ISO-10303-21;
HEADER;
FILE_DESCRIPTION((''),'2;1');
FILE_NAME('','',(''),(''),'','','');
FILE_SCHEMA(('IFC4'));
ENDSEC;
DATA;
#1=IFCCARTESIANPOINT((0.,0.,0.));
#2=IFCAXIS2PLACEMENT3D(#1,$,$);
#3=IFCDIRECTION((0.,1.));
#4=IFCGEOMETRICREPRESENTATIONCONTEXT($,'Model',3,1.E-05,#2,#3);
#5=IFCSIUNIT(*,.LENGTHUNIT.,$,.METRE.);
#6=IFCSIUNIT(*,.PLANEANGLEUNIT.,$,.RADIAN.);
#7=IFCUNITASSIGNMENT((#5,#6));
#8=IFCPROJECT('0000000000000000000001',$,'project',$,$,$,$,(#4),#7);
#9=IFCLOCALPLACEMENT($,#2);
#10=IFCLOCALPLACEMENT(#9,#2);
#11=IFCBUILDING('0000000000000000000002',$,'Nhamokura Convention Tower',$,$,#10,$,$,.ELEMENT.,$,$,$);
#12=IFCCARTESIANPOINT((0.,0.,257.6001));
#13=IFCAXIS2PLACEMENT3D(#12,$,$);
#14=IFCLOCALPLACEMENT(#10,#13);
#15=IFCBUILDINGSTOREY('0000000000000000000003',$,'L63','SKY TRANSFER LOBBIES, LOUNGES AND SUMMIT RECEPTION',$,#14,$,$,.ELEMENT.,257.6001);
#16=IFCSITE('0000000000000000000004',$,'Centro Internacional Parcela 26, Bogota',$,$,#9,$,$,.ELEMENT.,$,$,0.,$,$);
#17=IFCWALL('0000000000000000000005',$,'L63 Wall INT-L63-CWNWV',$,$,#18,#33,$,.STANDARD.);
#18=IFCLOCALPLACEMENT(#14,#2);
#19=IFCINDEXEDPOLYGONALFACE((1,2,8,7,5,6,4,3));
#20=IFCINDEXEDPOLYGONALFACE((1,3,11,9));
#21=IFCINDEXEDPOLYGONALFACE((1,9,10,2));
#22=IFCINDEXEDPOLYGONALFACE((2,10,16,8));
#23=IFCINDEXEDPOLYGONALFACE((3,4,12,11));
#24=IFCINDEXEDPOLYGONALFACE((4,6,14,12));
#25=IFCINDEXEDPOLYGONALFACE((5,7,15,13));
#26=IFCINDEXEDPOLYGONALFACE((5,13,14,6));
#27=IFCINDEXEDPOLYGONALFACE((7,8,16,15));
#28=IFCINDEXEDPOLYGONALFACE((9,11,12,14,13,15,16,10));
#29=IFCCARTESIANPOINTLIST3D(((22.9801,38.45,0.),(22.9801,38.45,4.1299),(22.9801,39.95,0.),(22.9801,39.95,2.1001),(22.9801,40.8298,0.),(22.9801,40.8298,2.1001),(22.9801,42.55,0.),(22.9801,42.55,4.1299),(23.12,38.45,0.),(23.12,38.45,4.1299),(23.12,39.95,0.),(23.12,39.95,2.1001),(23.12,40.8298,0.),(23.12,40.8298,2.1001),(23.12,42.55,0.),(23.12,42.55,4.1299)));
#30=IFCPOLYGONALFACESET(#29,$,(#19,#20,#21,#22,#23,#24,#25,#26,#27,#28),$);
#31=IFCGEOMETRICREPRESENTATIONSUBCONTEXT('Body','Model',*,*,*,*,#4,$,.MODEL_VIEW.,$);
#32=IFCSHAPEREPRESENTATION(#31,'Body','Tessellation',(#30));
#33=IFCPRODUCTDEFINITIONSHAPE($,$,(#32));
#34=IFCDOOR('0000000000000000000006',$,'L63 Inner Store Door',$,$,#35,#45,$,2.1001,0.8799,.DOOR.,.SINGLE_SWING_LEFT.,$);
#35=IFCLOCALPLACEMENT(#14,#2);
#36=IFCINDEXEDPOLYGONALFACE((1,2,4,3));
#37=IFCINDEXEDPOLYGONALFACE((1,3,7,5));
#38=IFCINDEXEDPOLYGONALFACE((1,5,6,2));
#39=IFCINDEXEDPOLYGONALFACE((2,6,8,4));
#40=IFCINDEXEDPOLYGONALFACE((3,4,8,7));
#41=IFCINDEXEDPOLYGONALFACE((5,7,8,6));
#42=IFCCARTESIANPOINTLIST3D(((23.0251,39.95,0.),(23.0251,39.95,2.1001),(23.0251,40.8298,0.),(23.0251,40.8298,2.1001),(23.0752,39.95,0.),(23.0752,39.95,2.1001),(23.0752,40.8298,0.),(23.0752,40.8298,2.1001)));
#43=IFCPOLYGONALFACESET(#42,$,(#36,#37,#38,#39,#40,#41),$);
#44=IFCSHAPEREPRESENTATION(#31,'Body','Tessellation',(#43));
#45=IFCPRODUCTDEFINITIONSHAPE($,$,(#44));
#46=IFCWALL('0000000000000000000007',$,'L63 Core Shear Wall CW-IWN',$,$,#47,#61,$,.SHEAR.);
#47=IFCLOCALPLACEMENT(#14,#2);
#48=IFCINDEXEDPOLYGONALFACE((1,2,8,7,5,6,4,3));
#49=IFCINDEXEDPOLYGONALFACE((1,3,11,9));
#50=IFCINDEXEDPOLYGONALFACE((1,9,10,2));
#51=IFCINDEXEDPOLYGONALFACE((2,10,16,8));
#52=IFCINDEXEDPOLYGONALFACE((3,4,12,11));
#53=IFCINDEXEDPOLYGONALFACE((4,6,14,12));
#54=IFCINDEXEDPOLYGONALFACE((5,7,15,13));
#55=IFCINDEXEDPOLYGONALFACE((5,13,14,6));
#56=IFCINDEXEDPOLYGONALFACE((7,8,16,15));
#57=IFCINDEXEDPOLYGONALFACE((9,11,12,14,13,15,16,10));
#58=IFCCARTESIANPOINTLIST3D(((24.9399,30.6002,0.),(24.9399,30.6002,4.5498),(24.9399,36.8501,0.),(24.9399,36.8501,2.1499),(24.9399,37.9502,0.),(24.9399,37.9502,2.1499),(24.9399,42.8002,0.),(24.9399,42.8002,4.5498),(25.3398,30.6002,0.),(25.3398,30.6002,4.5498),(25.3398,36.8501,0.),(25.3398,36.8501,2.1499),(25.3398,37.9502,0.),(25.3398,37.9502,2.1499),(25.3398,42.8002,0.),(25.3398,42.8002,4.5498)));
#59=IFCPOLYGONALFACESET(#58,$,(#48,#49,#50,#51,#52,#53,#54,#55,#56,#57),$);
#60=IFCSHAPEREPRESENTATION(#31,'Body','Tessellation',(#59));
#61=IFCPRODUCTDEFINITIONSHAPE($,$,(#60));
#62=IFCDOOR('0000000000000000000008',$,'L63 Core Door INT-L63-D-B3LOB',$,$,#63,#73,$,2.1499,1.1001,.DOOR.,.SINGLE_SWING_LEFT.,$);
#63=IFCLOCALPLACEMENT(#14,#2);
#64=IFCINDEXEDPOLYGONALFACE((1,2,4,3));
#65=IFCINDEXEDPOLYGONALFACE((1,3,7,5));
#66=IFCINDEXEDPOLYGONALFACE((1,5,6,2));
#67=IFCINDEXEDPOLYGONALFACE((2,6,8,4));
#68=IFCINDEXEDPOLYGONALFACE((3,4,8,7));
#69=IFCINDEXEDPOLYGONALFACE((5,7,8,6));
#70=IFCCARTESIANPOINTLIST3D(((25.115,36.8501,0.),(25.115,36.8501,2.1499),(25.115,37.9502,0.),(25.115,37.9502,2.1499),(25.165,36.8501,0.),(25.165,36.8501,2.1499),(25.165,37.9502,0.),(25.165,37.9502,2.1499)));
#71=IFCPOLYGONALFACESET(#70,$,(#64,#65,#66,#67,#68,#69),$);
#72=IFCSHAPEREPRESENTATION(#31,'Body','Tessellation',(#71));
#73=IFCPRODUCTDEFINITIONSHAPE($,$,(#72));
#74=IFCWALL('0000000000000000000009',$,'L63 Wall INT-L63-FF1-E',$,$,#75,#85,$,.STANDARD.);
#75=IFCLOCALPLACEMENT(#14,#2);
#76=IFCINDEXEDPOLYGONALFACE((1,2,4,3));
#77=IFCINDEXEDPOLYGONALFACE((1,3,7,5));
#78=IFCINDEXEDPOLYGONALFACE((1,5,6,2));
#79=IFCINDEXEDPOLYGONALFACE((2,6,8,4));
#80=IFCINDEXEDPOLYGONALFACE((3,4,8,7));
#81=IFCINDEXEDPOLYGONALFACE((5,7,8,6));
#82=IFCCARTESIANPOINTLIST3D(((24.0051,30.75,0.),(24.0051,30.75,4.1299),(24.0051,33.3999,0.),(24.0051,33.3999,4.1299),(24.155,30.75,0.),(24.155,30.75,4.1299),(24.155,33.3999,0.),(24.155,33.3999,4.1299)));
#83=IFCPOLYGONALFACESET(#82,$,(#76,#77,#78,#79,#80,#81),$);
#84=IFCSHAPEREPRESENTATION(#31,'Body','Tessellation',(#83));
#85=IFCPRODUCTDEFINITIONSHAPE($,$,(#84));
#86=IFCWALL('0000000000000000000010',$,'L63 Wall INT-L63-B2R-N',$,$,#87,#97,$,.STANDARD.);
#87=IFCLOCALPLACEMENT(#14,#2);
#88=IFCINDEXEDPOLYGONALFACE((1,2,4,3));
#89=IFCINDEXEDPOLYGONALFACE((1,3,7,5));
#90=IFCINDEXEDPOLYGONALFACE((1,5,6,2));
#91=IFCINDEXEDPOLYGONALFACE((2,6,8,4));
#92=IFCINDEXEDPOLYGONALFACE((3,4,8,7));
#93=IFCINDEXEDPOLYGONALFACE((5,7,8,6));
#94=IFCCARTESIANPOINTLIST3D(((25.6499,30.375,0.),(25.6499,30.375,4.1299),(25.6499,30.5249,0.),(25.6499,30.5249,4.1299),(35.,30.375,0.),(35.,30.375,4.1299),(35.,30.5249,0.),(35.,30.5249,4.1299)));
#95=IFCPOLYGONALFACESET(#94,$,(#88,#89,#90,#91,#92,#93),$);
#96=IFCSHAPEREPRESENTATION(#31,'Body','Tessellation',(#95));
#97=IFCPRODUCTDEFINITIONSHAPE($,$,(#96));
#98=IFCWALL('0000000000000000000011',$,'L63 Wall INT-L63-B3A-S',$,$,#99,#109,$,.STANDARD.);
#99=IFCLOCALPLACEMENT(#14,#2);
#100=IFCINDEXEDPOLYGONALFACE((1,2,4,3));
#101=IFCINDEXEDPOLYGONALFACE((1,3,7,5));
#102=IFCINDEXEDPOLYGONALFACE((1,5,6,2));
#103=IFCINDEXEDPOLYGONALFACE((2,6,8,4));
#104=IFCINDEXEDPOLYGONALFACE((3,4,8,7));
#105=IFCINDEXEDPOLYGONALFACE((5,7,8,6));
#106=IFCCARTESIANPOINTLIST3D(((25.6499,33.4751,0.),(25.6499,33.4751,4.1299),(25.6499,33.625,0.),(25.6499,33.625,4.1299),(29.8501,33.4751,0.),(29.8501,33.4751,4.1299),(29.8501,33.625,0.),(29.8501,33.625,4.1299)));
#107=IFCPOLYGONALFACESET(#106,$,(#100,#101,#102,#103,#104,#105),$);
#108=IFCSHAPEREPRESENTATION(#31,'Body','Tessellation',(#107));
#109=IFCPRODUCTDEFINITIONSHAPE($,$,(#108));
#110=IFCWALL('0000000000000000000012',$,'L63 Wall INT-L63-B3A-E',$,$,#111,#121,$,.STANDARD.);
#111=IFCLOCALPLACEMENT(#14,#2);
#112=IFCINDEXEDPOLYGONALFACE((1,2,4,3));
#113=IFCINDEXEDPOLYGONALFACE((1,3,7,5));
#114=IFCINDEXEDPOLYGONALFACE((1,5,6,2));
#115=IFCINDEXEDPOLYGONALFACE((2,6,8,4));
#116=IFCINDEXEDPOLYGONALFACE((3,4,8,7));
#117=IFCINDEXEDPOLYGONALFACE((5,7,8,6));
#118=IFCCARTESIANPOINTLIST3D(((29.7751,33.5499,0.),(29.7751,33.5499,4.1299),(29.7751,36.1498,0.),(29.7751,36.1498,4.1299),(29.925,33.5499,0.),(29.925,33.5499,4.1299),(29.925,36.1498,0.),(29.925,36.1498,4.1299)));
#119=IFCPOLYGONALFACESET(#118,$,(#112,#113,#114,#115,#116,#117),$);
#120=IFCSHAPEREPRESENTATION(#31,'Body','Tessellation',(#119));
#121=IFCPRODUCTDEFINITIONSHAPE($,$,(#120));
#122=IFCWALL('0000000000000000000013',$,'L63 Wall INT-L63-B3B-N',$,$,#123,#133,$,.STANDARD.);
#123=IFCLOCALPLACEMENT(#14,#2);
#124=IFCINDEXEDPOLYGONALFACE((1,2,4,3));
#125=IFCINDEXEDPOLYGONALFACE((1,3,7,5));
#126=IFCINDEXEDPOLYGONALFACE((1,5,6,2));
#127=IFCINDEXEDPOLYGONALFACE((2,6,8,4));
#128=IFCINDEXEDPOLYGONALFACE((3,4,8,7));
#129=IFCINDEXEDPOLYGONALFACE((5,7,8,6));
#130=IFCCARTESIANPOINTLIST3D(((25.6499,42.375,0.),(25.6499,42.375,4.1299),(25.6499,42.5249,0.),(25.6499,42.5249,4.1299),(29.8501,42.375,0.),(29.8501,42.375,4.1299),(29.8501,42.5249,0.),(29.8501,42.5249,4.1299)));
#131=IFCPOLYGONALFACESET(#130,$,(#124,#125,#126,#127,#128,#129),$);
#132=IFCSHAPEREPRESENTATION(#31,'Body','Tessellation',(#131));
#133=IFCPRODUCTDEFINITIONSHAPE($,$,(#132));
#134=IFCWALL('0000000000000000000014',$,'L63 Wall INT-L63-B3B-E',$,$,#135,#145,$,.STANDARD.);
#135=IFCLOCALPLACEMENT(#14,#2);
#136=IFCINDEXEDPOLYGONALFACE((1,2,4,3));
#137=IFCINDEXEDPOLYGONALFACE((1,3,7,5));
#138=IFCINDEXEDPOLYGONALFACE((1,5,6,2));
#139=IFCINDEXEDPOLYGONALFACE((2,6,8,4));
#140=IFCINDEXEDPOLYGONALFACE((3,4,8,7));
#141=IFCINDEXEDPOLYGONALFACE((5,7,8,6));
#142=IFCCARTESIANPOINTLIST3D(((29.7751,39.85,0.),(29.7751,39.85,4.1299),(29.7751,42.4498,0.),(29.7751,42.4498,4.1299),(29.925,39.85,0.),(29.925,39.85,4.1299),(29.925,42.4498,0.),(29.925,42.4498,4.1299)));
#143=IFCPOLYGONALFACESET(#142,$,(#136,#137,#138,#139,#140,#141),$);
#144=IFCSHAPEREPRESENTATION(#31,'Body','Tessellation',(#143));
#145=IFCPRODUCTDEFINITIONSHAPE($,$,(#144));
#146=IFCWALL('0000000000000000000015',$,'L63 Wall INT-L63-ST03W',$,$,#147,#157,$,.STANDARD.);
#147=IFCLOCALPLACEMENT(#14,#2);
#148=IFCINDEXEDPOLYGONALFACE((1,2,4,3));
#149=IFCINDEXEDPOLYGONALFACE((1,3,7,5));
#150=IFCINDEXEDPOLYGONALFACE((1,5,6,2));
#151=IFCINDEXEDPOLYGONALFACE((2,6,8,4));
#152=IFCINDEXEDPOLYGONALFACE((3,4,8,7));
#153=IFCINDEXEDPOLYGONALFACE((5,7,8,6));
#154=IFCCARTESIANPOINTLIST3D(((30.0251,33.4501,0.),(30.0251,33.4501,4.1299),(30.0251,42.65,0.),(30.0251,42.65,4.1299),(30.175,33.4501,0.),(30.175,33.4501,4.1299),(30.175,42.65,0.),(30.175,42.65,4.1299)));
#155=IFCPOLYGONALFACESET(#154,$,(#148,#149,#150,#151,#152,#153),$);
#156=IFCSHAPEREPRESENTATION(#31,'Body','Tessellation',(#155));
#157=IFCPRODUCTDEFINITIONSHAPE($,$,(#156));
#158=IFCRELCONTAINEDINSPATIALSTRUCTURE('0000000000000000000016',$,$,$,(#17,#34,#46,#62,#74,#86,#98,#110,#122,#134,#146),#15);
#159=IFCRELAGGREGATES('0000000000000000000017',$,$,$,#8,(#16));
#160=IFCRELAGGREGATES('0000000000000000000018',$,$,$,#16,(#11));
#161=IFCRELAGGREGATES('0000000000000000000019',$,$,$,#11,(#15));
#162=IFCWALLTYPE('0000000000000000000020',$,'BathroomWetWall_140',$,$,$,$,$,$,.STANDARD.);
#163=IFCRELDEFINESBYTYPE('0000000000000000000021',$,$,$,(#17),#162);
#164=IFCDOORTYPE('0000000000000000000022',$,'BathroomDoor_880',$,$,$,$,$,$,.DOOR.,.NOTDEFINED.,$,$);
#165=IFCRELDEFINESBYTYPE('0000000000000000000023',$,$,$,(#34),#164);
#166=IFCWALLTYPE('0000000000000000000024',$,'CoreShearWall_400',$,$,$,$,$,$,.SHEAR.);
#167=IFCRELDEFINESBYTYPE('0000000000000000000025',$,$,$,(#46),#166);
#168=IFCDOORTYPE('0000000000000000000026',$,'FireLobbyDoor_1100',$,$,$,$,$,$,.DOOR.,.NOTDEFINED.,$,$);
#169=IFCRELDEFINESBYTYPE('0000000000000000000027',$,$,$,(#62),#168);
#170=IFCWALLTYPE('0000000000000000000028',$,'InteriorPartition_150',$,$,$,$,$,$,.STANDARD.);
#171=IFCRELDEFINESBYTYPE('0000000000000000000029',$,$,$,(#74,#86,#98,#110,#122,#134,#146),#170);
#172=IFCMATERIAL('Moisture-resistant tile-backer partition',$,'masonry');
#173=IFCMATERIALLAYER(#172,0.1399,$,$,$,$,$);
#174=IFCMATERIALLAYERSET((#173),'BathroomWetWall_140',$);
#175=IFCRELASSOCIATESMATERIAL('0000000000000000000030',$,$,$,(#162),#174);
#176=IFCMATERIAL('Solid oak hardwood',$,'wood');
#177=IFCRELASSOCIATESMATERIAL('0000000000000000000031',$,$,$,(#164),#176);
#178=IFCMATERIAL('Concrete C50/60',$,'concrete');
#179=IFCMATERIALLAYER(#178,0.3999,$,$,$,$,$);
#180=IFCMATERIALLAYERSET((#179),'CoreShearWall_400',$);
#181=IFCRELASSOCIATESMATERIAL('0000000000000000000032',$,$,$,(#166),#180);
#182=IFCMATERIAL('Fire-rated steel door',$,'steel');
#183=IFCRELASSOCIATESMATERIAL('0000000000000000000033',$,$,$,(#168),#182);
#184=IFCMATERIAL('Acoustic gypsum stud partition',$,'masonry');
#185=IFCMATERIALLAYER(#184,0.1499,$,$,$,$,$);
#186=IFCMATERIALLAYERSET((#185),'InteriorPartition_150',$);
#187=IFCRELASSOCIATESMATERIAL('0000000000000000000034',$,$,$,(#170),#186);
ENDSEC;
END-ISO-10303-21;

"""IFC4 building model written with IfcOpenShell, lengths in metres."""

from ifc_helpers import new_model, si_unit, direction, frame, frame_2d, origin, place, context, subcontext, project, spatial, rectangle, extrude, material, layer, layer_set, type_object, element, fill, save


model = new_model("IFC4")

# Units and contexts
model_context = context("Model", 3, precision=1e-05, world=origin(), true_north=direction((0.0, 1.0)))
body_context = subcontext(model_context, "Body", "Model", "MODEL_VIEW")
ifc_project = project(units=[si_unit("LENGTHUNIT", "METRE"), si_unit("PLANEANGLEUNIT", "RADIAN")], contexts=[model_context])

# Site, building, storey
site_placement = place(None, origin())
site = spatial("IfcSite", under=ifc_project, at=site_placement, Name="Centro Internacional Parcela 26, Bogota", CompositionType="ELEMENT", RefElevation=0.0)
building_placement = place(site_placement, origin())
building = spatial("IfcBuilding", under=site, at=building_placement, Name="Nhamokura Convention Tower", CompositionType="ELEMENT")
storey_placement = place(building_placement, frame((0.0, 0.0, 257.6001)))
storey = spatial("IfcBuildingStorey", under=building, at=storey_placement, Name="L63", Description="SKY TRANSFER LOBBIES, LOUNGES AND SUMMIT RECEPTION", CompositionType="ELEMENT", Elevation=257.6001)

# Walls, openings, doors
ifc_material_1 = material(Name="Moisture-resistant tile-backer partition", Category="masonry")
ifc_layer_1 = layer(ifc_material_1, 0.1399)
ifc_layer_set_1 = layer_set([ifc_layer_1], Name="BathroomWetWall_140")
wall_type_1 = type_object("IfcWallType", Name="BathroomWetWall_140", PredefinedType="STANDARD", material=ifc_layer_set_1)
wall_1_placement = place(storey_placement, frame((23.05, 38.45, 0.0), z_axis=(0.0, 0.0, 1.0), x_axis=(0.0, 1.0, 0.0)))
wall_1 = element("IfcWall", 1, at=wall_1_placement, inside=storey, type_object=wall_type_1, Name="L63 Wall INT-L63-CWNWV", PredefinedType="STANDARD", context=body_context, shape_type="SweptSolid", body=[
    extrude(rectangle(XDim=4.1001, YDim=0.1399, at=frame_2d((2.05, 0.0))), origin(), (0.0, 0.0, 1.0), 4.1299),
])
opening_1_placement = place(wall_1_placement, frame((1.5, 0.0, 0.0)))
opening_1 = element("IfcOpeningElement", 2, at=opening_1_placement, cuts=wall_1, PredefinedType="OPENING", context=body_context, shape_type="SweptSolid", body=[
    extrude(rectangle(XDim=0.8799, YDim=2.1001, at=frame_2d((0.4399, 1.05))), frame((0.0, 0.0798, 0.0), z_axis=(0.0, -1.0, 0.0), x_axis=(1.0, 0.0, 0.0)), (0.0, 0.0, 1.0), 0.1599),
])
ifc_material_2 = material(Name="Solid oak hardwood", Category="wood")
door_type_1 = type_object("IfcDoorType", Name="BathroomDoor_880", OperationType="NOTDEFINED", PredefinedType="DOOR", material=ifc_material_2)
door_1_placement = place(opening_1_placement, origin())
door_1 = element("IfcDoor", 3, at=door_1_placement, inside=storey, type_object=door_type_1, Name="L63 Inner Store Door", OperationType="SINGLE_SWING_LEFT", OverallHeight=2.1001, OverallWidth=0.8799, PredefinedType="DOOR", context=body_context, shape_type="SweptSolid", body=[
    extrude(rectangle(XDim=0.8799, YDim=2.1001, at=frame_2d((0.4399, 1.05))), frame((0.0, 0.0249, 0.0), z_axis=(0.0, -1.0, 0.0), x_axis=(1.0, 0.0, 0.0)), (0.0, 0.0, 1.0), 0.05),
])
fill(opening_1, door_1)
ifc_material_3 = material(Name="Concrete C50/60", Category="concrete")
ifc_layer_2 = layer(ifc_material_3, 0.3999)
ifc_layer_set_2 = layer_set([ifc_layer_2], Name="CoreShearWall_400")
wall_type_2 = type_object("IfcWallType", Name="CoreShearWall_400", PredefinedType="SHEAR", material=ifc_layer_set_2)
wall_2_placement = place(storey_placement, frame((25.1399, 30.6001, 0.0), z_axis=(0.0, 0.0, 1.0), x_axis=(0.0, 1.0, 0.0)))
wall_2 = element("IfcWall", 4, at=wall_2_placement, inside=storey, type_object=wall_type_2, Name="L63 Core Shear Wall CW-IWN", PredefinedType="SHEAR", context=body_context, shape_type="SweptSolid", body=[
    extrude(rectangle(XDim=12.2, YDim=0.3999, at=frame_2d((6.1001, 0.0))), origin(), (0.0, 0.0, 1.0), 4.5498),
])
opening_2_placement = place(wall_2_placement, frame((6.25, 0.0, 0.0)))
opening_2 = element("IfcOpeningElement", 5, at=opening_2_placement, cuts=wall_2, PredefinedType="OPENING", context=body_context, shape_type="SweptSolid", body=[
    extrude(rectangle(XDim=1.1001, YDim=2.1499, at=frame_2d((0.55, 1.075))), frame((0.0, 0.21, 0.0), z_axis=(0.0, -1.0, 0.0), x_axis=(1.0, 0.0, 0.0)), (0.0, 0.0, 1.0), 0.4199),
])
ifc_material_4 = material(Name="Fire-rated steel door", Category="steel")
door_type_2 = type_object("IfcDoorType", Name="FireLobbyDoor_1100", OperationType="NOTDEFINED", PredefinedType="DOOR", material=ifc_material_4)
door_2_placement = place(opening_2_placement, origin())
door_2 = element("IfcDoor", 6, at=door_2_placement, inside=storey, type_object=door_type_2, Name="L63 Core Door INT-L63-D-B3LOB", OperationType="SINGLE_SWING_LEFT", OverallHeight=2.1499, OverallWidth=1.1001, PredefinedType="DOOR", context=body_context, shape_type="SweptSolid", body=[
    extrude(rectangle(XDim=1.1001, YDim=2.1499, at=frame_2d((0.55, 1.075))), frame((0.0, 0.0249, 0.0), z_axis=(0.0, -1.0, 0.0), x_axis=(1.0, 0.0, 0.0)), (0.0, 0.0, 1.0), 0.05),
])
fill(opening_2, door_2)

# Walls
ifc_material_5 = material(Name="Acoustic gypsum stud partition", Category="masonry")
ifc_layer_3 = layer(ifc_material_5, 0.1499)
ifc_layer_set_3 = layer_set([ifc_layer_3], Name="InteriorPartition_150")
wall_type_3 = type_object("IfcWallType", Name="InteriorPartition_150", PredefinedType="STANDARD", material=ifc_layer_set_3)
wall_3_placement = place(storey_placement, frame((24.0801, 30.75, 0.0), z_axis=(0.0, 0.0, 1.0), x_axis=(0.0, 1.0, 0.0)))
element("IfcWall", 7, at=wall_3_placement, inside=storey, type_object=wall_type_3, Name="L63 Wall INT-L63-FF1-E", PredefinedType="STANDARD", context=body_context, shape_type="SweptSolid", body=[
    extrude(rectangle(XDim=2.6499, YDim=0.1499, at=frame_2d((1.325, 0.0))), origin(), (0.0, 0.0, 1.0), 4.1299),
])
wall_4_placement = place(storey_placement, frame((25.6499, 30.45, 0.0), z_axis=(0.0, 0.0, 1.0), x_axis=(1.0, 0.0, 0.0)))
element("IfcWall", 8, at=wall_4_placement, inside=storey, type_object=wall_type_3, Name="L63 Wall INT-L63-B2R-N", PredefinedType="STANDARD", context=body_context, shape_type="SweptSolid", body=[
    extrude(rectangle(XDim=9.3501, YDim=0.1499, at=frame_2d((4.675, 0.0))), origin(), (0.0, 0.0, 1.0), 4.1299),
])
wall_5_placement = place(storey_placement, frame((25.6499, 33.55, 0.0), z_axis=(0.0, 0.0, 1.0), x_axis=(1.0, 0.0, 0.0)))
element("IfcWall", 9, at=wall_5_placement, inside=storey, type_object=wall_type_3, Name="L63 Wall INT-L63-B3A-S", PredefinedType="STANDARD", context=body_context, shape_type="SweptSolid", body=[
    extrude(rectangle(XDim=4.2002, YDim=0.1499, at=frame_2d((2.1001, 0.0))), origin(), (0.0, 0.0, 1.0), 4.1299),
])
wall_6_placement = place(storey_placement, frame((29.8501, 33.55, 0.0), z_axis=(0.0, 0.0, 1.0), x_axis=(0.0, 1.0, 0.0)))
element("IfcWall", 10, at=wall_6_placement, inside=storey, type_object=wall_type_3, Name="L63 Wall INT-L63-B3A-E", PredefinedType="STANDARD", context=body_context, shape_type="SweptSolid", body=[
    extrude(rectangle(XDim=2.5999, YDim=0.1499, at=frame_2d((1.2998, 0.0))), origin(), (0.0, 0.0, 1.0), 4.1299),
])
wall_7_placement = place(storey_placement, frame((25.6499, 42.45, 0.0), z_axis=(0.0, 0.0, 1.0), x_axis=(1.0, 0.0, 0.0)))
element("IfcWall", 11, at=wall_7_placement, inside=storey, type_object=wall_type_3, Name="L63 Wall INT-L63-B3B-N", PredefinedType="STANDARD", context=body_context, shape_type="SweptSolid", body=[
    extrude(rectangle(XDim=4.2002, YDim=0.1499, at=frame_2d((2.1001, 0.0))), origin(), (0.0, 0.0, 1.0), 4.1299),
])
wall_8_placement = place(storey_placement, frame((29.8501, 39.8501, 0.0), z_axis=(0.0, 0.0, 1.0), x_axis=(0.0, 1.0, 0.0)))
element("IfcWall", 12, at=wall_8_placement, inside=storey, type_object=wall_type_3, Name="L63 Wall INT-L63-B3B-E", PredefinedType="STANDARD", context=body_context, shape_type="SweptSolid", body=[
    extrude(rectangle(XDim=2.5999, YDim=0.1499, at=frame_2d((1.2998, 0.0))), origin(), (0.0, 0.0, 1.0), 4.1299),
])
wall_9_placement = place(storey_placement, frame((30.1001, 33.45, 0.0), z_axis=(0.0, 0.0, 1.0), x_axis=(0.0, 1.0, 0.0)))
element("IfcWall", 13, at=wall_9_placement, inside=storey, type_object=wall_type_3, Name="L63 Wall INT-L63-ST03W", PredefinedType="STANDARD", context=body_context, shape_type="SweptSolid", body=[
    extrude(rectangle(XDim=9.2, YDim=0.1499, at=frame_2d((4.6001, 0.0))), origin(), (0.0, 0.0, 1.0), 4.1299),
])

save(model, "model.ifc")
